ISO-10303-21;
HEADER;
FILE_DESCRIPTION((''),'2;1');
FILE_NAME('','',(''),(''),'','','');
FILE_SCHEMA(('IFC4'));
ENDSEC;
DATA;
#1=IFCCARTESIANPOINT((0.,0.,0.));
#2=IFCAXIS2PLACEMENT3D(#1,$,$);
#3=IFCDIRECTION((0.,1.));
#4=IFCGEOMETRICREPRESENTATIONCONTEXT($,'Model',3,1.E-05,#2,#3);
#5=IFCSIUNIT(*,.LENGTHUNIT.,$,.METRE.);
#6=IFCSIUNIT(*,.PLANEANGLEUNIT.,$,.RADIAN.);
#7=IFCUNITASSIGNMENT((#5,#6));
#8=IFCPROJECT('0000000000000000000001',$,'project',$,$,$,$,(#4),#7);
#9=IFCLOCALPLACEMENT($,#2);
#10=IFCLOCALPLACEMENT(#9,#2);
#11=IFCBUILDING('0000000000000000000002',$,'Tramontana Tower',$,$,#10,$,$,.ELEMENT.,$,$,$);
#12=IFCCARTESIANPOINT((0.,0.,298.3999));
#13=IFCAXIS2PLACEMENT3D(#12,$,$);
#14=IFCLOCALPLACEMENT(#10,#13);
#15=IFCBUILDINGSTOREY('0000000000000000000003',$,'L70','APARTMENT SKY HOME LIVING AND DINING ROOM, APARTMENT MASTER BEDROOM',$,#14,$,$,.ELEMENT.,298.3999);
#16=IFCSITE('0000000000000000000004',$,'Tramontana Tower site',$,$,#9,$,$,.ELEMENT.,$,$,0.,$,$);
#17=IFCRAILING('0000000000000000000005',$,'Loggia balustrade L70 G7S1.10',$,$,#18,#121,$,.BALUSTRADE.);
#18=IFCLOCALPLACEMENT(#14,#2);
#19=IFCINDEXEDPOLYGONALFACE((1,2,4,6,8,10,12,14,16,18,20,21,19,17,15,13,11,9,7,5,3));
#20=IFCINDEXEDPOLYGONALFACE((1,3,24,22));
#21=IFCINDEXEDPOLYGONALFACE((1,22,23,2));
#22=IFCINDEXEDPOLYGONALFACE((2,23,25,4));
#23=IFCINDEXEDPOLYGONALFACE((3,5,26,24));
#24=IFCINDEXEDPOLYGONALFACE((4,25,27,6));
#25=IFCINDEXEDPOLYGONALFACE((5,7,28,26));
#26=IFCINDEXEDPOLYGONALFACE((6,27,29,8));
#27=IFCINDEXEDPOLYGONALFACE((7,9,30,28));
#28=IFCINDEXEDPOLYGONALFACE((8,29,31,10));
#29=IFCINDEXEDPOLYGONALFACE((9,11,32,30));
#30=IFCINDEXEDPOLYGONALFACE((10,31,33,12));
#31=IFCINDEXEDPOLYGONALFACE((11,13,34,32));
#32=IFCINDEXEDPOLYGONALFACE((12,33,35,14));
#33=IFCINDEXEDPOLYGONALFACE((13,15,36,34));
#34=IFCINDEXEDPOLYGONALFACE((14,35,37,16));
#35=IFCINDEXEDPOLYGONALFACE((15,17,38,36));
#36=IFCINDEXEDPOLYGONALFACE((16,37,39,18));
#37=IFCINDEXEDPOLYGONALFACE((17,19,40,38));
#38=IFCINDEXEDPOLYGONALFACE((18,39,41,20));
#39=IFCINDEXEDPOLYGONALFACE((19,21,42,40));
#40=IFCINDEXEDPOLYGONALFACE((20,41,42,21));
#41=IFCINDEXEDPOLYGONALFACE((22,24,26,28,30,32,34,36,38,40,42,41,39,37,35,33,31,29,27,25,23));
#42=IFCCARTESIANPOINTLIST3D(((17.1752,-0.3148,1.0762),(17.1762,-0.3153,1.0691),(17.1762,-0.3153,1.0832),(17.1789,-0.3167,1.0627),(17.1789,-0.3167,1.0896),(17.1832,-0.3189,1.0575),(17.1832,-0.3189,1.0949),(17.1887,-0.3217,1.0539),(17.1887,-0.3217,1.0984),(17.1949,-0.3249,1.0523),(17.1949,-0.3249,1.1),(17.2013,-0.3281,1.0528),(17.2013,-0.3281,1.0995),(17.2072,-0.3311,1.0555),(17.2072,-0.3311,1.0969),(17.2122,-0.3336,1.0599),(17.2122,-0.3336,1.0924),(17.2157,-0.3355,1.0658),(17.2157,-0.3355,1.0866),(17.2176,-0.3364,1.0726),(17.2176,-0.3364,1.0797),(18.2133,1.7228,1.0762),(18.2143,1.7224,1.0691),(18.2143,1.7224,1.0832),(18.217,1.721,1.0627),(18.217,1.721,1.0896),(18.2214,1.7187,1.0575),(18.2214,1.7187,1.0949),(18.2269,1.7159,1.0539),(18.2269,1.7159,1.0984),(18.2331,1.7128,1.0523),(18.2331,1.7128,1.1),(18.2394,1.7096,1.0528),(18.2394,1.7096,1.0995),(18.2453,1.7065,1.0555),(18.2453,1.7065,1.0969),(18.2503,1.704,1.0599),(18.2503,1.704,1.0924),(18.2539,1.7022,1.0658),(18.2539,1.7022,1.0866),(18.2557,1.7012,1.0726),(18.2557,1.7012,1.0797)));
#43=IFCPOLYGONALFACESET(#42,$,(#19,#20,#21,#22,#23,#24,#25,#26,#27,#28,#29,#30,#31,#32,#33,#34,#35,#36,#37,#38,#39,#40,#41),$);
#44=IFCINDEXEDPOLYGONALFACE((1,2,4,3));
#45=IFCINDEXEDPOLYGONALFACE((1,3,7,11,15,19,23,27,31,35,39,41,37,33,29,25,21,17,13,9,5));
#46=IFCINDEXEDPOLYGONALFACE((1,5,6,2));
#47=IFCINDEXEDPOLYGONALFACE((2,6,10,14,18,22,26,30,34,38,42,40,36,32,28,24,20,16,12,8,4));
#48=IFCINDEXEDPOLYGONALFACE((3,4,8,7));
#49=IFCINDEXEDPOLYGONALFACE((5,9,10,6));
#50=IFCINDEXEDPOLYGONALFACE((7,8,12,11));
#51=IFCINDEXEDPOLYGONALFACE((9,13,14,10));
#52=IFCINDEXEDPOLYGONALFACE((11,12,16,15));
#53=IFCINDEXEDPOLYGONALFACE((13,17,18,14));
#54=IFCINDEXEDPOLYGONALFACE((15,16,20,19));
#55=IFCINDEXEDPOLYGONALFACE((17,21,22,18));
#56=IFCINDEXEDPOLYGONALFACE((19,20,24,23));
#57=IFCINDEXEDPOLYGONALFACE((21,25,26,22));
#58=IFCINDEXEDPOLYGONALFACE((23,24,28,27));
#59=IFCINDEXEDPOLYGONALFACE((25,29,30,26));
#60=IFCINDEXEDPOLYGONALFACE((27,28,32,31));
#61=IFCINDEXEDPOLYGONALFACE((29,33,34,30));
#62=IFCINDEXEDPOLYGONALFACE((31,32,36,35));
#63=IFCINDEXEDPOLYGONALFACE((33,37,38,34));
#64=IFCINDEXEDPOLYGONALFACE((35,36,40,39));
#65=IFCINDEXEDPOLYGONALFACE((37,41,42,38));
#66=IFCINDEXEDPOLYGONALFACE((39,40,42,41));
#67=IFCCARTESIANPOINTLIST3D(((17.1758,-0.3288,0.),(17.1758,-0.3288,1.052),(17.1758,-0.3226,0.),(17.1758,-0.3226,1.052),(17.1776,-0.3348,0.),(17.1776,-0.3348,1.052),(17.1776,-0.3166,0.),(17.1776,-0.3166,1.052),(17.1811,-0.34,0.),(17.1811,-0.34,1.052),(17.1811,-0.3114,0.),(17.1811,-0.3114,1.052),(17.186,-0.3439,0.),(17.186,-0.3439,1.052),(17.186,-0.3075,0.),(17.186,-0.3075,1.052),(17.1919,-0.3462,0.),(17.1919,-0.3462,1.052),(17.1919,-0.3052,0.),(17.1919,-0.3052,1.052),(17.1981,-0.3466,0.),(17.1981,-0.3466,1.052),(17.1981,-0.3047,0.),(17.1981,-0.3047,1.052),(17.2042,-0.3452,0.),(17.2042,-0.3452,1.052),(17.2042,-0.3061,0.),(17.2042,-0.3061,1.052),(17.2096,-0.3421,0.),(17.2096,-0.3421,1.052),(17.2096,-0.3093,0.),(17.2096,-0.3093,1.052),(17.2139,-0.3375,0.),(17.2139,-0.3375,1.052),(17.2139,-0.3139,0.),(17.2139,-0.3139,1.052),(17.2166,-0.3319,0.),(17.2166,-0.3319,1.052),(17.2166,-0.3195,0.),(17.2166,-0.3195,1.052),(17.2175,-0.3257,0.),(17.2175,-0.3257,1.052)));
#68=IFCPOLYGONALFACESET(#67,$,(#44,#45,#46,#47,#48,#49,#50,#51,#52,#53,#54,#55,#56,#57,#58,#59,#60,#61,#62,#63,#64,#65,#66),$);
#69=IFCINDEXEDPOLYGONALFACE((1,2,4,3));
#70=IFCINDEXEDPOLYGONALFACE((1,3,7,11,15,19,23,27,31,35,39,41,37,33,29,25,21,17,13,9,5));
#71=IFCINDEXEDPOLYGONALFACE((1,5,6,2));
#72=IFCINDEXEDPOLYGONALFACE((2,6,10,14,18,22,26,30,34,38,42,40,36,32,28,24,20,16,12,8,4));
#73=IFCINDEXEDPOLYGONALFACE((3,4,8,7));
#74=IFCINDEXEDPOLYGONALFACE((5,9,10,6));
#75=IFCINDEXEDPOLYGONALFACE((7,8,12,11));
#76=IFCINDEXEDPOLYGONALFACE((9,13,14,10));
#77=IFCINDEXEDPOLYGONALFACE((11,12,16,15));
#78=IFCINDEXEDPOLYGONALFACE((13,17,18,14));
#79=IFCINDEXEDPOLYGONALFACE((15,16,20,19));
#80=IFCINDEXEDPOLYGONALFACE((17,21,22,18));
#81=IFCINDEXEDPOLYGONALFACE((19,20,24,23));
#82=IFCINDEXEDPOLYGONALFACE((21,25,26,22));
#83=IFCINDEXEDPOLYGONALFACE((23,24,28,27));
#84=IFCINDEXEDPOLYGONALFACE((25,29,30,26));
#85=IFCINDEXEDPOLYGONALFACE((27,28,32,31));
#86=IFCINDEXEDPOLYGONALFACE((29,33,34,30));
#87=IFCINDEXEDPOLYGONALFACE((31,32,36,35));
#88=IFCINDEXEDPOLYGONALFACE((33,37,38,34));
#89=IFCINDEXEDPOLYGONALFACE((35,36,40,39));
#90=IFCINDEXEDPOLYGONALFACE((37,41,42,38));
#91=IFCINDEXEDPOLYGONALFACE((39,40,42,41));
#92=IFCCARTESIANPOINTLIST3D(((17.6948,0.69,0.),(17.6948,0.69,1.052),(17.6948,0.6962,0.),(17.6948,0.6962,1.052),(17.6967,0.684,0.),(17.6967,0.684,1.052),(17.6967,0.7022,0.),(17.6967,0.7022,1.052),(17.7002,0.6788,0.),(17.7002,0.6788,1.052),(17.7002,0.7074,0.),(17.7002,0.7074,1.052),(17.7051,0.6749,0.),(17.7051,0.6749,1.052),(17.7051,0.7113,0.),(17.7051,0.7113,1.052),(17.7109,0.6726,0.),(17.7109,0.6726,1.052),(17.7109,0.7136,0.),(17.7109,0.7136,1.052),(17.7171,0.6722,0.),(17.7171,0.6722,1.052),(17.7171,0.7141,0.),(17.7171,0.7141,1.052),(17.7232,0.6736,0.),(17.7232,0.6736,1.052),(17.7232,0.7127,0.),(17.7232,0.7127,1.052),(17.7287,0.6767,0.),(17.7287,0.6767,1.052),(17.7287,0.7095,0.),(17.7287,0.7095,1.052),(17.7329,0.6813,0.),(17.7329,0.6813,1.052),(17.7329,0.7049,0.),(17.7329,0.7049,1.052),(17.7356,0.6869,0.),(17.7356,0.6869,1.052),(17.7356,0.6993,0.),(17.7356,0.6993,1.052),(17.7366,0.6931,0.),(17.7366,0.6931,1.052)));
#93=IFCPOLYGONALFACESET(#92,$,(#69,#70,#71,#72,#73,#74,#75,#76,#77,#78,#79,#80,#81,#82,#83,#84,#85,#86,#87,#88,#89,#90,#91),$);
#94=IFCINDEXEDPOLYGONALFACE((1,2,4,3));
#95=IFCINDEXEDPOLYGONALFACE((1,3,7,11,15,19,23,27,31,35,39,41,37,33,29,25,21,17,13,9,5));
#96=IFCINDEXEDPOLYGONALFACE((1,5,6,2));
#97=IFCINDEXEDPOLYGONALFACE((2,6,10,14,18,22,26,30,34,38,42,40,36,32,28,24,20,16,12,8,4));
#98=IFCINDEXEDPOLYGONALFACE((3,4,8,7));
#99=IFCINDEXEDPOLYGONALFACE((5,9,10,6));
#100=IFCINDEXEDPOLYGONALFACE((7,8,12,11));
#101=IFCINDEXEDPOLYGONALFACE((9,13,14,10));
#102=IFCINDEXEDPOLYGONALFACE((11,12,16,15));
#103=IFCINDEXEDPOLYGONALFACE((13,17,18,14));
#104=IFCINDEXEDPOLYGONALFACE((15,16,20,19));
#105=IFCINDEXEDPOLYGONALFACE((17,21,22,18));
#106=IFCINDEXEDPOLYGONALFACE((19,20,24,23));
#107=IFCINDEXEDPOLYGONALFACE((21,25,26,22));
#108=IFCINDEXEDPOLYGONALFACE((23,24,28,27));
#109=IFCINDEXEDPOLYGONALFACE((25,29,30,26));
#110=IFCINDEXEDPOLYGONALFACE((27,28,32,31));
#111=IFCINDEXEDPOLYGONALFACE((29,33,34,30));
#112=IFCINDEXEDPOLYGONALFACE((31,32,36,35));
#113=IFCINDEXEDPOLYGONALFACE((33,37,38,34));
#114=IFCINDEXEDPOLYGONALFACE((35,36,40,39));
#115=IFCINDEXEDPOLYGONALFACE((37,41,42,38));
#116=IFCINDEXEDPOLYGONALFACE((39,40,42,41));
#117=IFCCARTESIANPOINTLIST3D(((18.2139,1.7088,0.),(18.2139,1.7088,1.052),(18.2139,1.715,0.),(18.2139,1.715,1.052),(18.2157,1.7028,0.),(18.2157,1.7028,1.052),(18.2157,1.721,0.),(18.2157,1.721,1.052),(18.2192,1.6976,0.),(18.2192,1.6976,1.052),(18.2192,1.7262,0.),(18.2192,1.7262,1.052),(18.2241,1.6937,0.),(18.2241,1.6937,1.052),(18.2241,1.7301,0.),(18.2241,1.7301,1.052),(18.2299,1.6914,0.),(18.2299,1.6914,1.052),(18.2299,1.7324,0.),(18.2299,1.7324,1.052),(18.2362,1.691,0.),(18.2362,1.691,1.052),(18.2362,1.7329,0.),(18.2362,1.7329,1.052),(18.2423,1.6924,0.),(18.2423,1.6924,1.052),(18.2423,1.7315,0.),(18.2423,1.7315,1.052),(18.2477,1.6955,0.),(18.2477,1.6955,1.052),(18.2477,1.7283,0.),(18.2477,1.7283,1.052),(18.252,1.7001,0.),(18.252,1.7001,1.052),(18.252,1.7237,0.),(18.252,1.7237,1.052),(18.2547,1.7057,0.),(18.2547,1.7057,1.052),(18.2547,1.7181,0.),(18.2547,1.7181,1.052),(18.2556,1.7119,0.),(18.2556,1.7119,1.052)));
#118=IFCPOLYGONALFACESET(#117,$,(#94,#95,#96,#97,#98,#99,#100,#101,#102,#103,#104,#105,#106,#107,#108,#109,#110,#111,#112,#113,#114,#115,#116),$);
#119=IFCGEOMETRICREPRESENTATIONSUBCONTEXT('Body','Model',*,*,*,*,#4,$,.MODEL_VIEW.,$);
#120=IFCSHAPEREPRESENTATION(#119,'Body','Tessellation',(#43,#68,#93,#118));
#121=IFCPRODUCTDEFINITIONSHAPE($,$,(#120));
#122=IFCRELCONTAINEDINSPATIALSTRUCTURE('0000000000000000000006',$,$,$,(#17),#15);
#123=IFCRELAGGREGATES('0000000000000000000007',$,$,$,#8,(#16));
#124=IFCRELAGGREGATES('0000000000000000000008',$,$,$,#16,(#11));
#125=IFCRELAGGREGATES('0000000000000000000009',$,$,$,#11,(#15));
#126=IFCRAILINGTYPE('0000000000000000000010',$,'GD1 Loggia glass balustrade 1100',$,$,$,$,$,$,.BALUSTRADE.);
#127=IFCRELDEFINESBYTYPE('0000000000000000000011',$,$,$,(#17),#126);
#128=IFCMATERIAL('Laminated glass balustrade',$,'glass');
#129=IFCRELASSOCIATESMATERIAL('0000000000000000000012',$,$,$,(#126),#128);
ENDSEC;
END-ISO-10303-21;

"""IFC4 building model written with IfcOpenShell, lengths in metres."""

from ifc_helpers import new_model, si_unit, direction, frame, origin, origin_2d, place, context, subcontext, project, spatial, circle, extrude, material, type_object, element, save


model = new_model("IFC4")

# Units and contexts
model_context = context("Model", 3, precision=1e-05, world=origin(), true_north=direction((0.0, 1.0)))
body_context = subcontext(model_context, "Body", "Model", "MODEL_VIEW")
ifc_project = project(units=[si_unit("LENGTHUNIT", "METRE"), si_unit("PLANEANGLEUNIT", "RADIAN")], contexts=[model_context])

# Site, building, storey
site_placement = place(None, origin())
site = spatial("IfcSite", under=ifc_project, at=site_placement, Name="Tramontana Tower site", CompositionType="ELEMENT", RefElevation=0.0)
building_placement = place(site_placement, origin())
building = spatial("IfcBuilding", under=site, at=building_placement, Name="Tramontana Tower", CompositionType="ELEMENT")
storey_placement = place(building_placement, frame((0.0, 0.0, 298.3999)))
storey = spatial("IfcBuildingStorey", under=building, at=storey_placement, Name="L70", Description="APARTMENT SKY HOME LIVING AND DINING ROOM, APARTMENT MASTER BEDROOM", CompositionType="ELEMENT", Elevation=298.3999)

# Railing
ifc_material_1 = material(Name="Laminated glass balustrade", Category="glass")
railing_type_1 = type_object("IfcRailingType", Name="GD1 Loggia glass balustrade 1100", PredefinedType="BALUSTRADE", material=ifc_material_1)
railing_1_placement = place(storey_placement, frame((17.1965, -0.3257, 0.0)))
element("IfcRailing", 1, at=railing_1_placement, inside=storey, type_object=railing_type_1, Name="Loggia balustrade L70 G7S1.10", PredefinedType="BALUSTRADE", context=body_context, shape_type="SweptSolid", body=[
    extrude(circle(Radius=0.0239, at=origin_2d()), frame((0.0, 0.0, 1.0762), z_axis=(0.453948, 0.891028, 0.0), x_axis=(-0.891028, 0.453948, 0.0)), (0.0, 0.0, 1.0), 2.2869),
    extrude(circle(Radius=0.021, at=origin_2d()), origin(), (0.0, 0.0, 1.0), 1.052),
    extrude(circle(Radius=0.021, at=origin_2d()), frame((0.519, 1.0188, 0.0)), (0.0, 0.0, 1.0), 1.052),
    extrude(circle(Radius=0.021, at=origin_2d()), frame((1.0381, 2.0376, 0.0)), (0.0, 0.0, 1.0), 1.052),
])

save(model, "model.ifc")
